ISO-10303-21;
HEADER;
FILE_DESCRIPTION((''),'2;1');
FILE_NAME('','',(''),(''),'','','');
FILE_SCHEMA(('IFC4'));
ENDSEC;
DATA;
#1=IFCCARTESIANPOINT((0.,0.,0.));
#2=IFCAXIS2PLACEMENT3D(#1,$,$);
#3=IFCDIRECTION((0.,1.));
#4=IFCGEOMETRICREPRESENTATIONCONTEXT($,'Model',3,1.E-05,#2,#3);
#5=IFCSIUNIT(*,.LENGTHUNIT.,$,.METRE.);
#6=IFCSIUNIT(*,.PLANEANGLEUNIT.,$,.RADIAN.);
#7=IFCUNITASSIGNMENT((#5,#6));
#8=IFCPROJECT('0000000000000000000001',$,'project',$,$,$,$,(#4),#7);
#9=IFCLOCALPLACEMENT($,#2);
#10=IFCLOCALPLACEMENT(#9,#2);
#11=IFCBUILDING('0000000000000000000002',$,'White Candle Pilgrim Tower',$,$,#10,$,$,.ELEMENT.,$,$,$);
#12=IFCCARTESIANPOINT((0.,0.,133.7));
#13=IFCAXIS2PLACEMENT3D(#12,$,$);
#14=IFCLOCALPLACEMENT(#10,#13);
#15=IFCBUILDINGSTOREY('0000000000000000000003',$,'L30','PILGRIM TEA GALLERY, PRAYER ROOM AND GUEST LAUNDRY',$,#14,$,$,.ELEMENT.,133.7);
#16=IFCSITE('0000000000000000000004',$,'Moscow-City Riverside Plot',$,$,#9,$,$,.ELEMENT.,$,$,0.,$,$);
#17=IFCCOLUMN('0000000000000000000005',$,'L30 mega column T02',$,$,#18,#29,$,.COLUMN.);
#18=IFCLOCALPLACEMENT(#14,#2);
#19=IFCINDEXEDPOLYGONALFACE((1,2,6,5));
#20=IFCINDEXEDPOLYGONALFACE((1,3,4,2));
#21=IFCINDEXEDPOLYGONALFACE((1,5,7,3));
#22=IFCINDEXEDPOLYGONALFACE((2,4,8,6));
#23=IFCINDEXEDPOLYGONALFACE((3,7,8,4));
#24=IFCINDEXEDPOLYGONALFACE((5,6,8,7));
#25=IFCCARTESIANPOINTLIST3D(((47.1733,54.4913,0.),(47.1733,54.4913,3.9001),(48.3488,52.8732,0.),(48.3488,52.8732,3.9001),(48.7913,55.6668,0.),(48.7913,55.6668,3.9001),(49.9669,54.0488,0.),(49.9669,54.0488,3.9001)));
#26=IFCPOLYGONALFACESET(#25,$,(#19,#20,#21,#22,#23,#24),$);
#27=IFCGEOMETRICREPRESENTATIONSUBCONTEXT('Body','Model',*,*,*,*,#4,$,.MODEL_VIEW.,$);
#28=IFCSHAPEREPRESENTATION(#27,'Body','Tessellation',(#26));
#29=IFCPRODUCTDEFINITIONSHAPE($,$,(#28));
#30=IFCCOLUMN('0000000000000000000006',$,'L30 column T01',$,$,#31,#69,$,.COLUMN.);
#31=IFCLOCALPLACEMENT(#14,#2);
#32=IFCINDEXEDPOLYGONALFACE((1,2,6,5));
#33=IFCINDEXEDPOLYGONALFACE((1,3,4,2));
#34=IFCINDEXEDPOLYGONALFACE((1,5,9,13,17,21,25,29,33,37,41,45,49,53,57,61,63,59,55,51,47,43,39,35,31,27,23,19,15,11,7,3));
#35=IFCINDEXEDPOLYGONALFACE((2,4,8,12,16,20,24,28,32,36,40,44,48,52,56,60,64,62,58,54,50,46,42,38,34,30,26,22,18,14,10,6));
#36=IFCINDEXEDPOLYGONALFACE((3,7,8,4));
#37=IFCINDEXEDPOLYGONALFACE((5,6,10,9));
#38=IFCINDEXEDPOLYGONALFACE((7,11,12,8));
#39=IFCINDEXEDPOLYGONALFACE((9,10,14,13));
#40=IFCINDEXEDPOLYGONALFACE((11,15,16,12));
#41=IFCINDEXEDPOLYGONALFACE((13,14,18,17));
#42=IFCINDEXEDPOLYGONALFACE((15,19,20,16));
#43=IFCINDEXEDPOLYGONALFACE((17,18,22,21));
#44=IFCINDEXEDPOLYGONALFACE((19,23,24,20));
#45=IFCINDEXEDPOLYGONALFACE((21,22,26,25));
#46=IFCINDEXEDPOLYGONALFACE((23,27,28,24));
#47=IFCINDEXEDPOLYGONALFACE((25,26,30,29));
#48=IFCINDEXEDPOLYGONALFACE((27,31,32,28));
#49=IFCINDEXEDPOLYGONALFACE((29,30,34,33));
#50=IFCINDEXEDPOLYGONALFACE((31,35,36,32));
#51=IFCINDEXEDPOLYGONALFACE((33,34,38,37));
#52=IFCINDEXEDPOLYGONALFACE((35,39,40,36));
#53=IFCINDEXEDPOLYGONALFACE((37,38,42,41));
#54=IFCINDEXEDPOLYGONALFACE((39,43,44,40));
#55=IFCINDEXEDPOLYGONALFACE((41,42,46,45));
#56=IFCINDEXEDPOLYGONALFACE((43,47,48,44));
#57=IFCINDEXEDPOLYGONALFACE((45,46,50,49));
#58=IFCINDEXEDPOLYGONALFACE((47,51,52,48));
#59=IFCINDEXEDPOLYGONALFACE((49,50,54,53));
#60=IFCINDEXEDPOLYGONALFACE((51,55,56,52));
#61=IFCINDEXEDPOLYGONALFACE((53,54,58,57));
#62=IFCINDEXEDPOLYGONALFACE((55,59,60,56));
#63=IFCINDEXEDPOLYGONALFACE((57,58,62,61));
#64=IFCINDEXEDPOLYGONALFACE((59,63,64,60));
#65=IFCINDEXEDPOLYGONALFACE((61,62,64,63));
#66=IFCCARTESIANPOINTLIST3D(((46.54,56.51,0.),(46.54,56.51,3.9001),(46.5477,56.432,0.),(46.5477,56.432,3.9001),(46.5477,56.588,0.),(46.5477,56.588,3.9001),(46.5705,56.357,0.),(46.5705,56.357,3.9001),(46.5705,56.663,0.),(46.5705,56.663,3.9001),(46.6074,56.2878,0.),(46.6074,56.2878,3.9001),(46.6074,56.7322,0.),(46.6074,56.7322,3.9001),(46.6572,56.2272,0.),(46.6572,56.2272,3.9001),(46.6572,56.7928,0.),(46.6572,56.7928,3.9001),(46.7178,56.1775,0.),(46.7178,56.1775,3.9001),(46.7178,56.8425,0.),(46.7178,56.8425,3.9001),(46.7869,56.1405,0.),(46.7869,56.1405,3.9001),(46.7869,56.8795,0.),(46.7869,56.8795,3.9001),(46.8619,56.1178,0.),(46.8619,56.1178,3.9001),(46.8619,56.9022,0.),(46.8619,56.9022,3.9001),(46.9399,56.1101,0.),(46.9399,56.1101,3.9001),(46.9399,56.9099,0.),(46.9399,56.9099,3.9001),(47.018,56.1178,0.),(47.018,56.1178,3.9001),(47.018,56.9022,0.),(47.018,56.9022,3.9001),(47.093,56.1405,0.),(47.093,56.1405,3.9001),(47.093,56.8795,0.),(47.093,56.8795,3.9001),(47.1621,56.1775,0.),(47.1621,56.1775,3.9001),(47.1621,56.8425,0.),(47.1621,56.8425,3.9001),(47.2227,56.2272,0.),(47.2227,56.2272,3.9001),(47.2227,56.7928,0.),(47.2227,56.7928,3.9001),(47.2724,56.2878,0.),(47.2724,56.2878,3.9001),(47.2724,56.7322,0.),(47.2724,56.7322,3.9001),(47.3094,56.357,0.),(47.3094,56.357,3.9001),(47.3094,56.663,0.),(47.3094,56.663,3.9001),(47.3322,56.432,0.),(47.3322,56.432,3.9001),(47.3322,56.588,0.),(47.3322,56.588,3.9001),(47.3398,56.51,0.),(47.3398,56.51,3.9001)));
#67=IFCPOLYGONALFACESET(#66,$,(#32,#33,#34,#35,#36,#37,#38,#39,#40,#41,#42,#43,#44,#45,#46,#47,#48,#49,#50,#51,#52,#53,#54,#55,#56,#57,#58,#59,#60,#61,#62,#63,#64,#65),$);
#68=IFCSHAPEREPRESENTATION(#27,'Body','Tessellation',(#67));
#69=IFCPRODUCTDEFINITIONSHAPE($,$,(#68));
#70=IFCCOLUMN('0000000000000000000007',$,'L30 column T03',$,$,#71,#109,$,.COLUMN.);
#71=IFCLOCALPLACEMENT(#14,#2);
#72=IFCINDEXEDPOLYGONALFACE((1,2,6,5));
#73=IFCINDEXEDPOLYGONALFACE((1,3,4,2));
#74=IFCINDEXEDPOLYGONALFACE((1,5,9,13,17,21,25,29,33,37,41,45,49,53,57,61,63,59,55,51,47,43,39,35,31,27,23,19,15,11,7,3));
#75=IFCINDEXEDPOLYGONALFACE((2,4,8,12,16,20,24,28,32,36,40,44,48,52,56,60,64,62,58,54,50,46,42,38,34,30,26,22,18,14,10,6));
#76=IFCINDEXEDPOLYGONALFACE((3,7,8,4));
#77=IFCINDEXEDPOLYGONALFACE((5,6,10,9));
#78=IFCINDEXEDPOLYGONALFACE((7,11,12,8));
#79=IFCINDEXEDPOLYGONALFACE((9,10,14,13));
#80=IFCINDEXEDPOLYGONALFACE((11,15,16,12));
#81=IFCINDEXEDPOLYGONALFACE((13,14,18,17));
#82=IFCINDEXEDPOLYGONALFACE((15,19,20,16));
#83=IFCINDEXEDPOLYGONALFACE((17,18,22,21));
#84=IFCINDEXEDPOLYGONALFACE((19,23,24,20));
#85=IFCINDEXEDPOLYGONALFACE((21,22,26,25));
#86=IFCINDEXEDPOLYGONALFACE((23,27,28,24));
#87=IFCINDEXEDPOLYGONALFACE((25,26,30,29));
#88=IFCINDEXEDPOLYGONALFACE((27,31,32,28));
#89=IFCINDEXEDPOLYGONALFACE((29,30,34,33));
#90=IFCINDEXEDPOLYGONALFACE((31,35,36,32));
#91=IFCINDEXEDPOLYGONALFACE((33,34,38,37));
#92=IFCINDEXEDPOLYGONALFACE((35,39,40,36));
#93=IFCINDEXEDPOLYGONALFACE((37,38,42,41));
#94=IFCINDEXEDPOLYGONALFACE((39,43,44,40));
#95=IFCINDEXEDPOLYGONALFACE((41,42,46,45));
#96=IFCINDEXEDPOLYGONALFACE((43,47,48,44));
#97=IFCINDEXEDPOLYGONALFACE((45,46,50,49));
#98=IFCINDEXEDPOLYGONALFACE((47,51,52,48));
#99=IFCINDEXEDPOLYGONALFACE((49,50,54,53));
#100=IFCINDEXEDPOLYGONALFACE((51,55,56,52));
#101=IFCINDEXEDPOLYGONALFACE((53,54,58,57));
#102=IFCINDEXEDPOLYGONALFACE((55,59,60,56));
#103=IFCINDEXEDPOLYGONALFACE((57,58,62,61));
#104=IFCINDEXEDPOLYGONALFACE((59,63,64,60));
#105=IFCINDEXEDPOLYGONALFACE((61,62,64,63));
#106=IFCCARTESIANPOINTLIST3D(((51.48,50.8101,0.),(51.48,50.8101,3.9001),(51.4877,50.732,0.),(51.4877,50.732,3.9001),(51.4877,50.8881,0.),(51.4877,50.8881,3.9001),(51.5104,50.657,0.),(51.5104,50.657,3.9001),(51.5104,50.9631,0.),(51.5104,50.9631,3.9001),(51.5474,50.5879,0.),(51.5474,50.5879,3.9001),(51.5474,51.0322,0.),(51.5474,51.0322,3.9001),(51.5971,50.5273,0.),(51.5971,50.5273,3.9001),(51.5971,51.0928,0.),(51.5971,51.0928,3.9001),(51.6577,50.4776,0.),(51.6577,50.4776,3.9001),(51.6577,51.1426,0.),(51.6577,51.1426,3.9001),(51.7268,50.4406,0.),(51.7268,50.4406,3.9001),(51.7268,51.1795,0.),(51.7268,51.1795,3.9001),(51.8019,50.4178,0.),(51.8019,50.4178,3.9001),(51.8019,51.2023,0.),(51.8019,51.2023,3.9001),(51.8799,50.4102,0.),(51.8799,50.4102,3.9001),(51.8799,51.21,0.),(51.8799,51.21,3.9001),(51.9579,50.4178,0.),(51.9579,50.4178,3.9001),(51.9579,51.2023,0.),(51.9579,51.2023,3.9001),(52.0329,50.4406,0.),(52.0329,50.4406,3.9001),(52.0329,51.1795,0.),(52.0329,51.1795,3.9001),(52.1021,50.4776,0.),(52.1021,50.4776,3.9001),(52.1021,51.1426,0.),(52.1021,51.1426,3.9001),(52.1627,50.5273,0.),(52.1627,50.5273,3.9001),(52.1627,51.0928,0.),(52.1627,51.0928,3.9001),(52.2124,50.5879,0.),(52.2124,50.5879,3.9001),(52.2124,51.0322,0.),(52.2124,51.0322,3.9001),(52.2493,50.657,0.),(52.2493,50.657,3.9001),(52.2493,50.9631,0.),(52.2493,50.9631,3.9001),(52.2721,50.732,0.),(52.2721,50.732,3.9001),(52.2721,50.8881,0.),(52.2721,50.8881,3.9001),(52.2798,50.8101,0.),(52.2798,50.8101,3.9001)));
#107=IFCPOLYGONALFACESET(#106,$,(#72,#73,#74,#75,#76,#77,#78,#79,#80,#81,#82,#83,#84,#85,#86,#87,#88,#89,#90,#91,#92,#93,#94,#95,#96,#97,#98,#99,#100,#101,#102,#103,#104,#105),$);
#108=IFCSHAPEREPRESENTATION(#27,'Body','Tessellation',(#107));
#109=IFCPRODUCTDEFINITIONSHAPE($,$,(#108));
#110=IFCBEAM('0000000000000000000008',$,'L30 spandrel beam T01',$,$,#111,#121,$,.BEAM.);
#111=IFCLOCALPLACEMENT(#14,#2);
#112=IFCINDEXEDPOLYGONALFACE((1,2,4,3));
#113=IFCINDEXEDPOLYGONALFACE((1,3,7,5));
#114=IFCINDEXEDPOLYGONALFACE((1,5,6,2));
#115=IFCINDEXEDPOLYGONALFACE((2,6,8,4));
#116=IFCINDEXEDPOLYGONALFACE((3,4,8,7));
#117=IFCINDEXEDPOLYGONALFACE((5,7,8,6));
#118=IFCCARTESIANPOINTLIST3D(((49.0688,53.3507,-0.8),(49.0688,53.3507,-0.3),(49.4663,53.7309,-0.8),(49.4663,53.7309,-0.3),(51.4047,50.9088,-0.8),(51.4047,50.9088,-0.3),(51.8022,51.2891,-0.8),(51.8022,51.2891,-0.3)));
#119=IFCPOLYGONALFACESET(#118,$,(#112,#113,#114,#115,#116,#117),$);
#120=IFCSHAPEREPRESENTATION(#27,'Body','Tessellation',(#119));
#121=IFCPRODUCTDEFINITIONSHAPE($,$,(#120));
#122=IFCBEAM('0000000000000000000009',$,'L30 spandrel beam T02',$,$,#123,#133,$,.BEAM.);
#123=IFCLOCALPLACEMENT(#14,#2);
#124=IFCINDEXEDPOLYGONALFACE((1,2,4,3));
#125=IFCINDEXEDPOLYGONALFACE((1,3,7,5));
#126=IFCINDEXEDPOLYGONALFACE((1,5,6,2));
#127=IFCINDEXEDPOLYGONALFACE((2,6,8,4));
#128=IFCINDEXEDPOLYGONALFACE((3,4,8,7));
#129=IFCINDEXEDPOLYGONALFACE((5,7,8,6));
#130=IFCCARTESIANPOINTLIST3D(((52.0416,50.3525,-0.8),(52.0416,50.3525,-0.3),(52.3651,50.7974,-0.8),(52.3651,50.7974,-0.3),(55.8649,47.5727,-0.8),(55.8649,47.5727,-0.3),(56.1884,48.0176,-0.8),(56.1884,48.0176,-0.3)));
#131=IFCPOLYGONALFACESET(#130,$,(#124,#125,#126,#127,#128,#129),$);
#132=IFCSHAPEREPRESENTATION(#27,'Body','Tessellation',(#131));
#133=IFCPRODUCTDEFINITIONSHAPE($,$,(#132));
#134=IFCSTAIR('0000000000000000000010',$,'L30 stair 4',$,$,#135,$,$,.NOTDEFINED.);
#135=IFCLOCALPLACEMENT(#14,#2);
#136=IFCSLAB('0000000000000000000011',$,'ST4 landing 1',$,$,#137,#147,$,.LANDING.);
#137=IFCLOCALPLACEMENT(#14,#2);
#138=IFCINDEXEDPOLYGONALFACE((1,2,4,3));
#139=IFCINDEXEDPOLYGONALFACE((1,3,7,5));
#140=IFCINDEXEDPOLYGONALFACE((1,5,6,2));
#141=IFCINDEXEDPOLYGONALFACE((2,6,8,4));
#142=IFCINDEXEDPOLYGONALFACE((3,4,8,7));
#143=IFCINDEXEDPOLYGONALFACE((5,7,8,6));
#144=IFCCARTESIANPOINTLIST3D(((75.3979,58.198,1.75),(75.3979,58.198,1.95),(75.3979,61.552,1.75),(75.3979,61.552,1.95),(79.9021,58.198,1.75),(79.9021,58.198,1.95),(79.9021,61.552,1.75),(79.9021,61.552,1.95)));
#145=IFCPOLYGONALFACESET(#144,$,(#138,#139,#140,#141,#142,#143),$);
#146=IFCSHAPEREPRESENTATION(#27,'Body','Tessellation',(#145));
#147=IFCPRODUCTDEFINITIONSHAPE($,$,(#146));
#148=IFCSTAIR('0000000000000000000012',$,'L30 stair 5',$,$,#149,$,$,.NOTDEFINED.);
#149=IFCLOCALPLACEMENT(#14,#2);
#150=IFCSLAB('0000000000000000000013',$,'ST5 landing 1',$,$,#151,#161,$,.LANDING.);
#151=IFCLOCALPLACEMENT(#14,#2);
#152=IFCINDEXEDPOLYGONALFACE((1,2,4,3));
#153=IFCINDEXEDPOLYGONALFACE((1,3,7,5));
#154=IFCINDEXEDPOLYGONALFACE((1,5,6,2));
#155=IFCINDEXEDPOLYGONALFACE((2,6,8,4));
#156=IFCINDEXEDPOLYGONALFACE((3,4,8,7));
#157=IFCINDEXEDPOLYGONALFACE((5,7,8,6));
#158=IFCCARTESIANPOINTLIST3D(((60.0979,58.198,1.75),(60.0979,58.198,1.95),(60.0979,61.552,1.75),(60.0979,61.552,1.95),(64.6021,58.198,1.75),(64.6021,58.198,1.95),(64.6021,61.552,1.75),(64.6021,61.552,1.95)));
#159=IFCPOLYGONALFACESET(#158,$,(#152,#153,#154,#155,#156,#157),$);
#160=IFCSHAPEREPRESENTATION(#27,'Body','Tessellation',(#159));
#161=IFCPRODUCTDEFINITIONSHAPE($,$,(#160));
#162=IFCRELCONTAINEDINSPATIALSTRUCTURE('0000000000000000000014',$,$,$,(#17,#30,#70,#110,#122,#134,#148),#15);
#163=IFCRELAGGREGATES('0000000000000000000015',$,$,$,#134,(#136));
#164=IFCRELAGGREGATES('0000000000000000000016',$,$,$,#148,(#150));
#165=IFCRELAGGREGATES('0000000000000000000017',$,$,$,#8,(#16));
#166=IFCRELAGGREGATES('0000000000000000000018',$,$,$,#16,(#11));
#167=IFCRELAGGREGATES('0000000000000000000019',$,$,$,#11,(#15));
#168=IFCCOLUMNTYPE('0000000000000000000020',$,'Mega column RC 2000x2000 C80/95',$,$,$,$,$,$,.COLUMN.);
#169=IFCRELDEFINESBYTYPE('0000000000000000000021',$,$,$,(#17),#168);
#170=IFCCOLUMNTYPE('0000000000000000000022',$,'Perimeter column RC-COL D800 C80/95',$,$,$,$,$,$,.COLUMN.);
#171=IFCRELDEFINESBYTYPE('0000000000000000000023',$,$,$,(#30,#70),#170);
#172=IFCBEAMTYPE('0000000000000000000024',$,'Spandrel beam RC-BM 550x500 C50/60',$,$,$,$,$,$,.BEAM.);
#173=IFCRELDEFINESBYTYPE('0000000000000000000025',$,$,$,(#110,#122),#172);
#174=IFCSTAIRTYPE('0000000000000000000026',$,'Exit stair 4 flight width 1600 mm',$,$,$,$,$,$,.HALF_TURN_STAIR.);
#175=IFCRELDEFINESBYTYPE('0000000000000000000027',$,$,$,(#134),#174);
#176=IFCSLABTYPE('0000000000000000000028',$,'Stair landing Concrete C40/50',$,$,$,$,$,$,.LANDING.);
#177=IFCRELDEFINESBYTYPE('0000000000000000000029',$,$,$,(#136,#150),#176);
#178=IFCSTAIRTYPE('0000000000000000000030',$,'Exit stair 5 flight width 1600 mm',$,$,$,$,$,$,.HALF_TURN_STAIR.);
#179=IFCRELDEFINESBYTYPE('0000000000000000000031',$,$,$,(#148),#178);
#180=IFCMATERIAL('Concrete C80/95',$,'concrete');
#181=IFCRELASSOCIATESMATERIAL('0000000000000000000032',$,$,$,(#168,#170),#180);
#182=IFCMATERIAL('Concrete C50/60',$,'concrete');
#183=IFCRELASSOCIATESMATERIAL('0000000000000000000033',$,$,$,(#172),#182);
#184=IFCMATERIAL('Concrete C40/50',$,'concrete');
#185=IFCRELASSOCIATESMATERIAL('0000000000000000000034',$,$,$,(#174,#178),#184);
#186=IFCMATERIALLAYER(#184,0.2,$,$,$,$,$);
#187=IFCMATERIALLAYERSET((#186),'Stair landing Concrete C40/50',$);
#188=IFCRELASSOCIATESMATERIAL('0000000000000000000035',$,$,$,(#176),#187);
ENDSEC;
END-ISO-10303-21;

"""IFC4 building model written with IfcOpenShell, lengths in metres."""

from ifc_helpers import new_model, si_unit, direction, frame, origin, origin_2d, place, context, subcontext, project, spatial, polyline, rectangle, circle, outline, extrude, material, layer, layer_set, material_profile, profile_set, type_object, element, aggregate, save


model = new_model("IFC4")

# Units and contexts
model_context = context("Model", 3, precision=1e-05, world=origin(), true_north=direction((0.0, 1.0)))
body_context = subcontext(model_context, "Body", "Model", "MODEL_VIEW")
ifc_project = project(units=[si_unit("LENGTHUNIT", "METRE"), si_unit("PLANEANGLEUNIT", "RADIAN")], contexts=[model_context])

# Site, building, storey
site_placement = place(None, origin())
site = spatial("IfcSite", under=ifc_project, at=site_placement, Name="Moscow-City Riverside Plot", CompositionType="ELEMENT", RefElevation=0.0)
building_placement = place(site_placement, origin())
building = spatial("IfcBuilding", under=site, at=building_placement, Name="White Candle Pilgrim Tower", CompositionType="ELEMENT")
storey_placement = place(building_placement, frame((0.0, 0.0, 133.7)))
storey = spatial("IfcBuildingStorey", under=building, at=storey_placement, Name="L30", Description="PILGRIM TEA GALLERY, PRAYER ROOM AND GUEST LAUNDRY", CompositionType="ELEMENT", Elevation=133.7)

# Columns
ifc_material_1 = material(Name="Concrete C80/95", Category="concrete")
ifc_material_profile_1 = material_profile(ifc_material_1, rectangle(XDim=2.0, YDim=2.0, at=origin_2d()), Name="RC 2000x2000")
ifc_profile_set_1 = profile_set([ifc_material_profile_1], Name="Concrete C80/95")
column_type_1 = type_object("IfcColumnType", Name="Mega column RC 2000x2000 C80/95", PredefinedType="COLUMN", material=ifc_profile_set_1)
column_placement = place(storey_placement, frame((48.5701, 54.27, 0.0), z_axis=(0.0, 0.0, 1.0), x_axis=(-0.809017, -0.587785, 0.0)))
element("IfcColumn", 1, at=column_placement, inside=storey, type_object=column_type_1, Name="L30 mega column T02", PredefinedType="COLUMN", context=body_context, shape_type="SweptSolid", body=[
    extrude(rectangle(XDim=2.0, YDim=2.0, at=origin_2d()), origin(), (0.0, 0.0, 1.0), 3.9001),
])
ifc_material_profile_2 = material_profile(ifc_material_1, circle(Radius=0.3999, at=origin_2d()), Name="RC-COL D800")
ifc_profile_set_2 = profile_set([ifc_material_profile_2], Name="Concrete C80/95")
column_type_2 = type_object("IfcColumnType", Name="Perimeter column RC-COL D800 C80/95", PredefinedType="COLUMN", material=ifc_profile_set_2)
for number, where, z_axis, x_axis, name in (
    (2, (46.9399, 56.51, 0.0), (0.0, 0.0, 1.0), (1.0, 0.0, 0.0), "L30 column T01"),
    (3, (51.8799, 50.8101, 0.0), (0.0, 0.0, 1.0), (1.0, 0.0, 0.0), "L30 column T03"),
):
    element("IfcColumn", number, at=place(storey_placement, frame(where, z_axis=z_axis, x_axis=x_axis)), inside=storey, type_object=column_type_2, Name=name, PredefinedType="COLUMN", context=body_context, shape_type="SweptSolid", body=[
        extrude(circle(Radius=0.3999, at=origin_2d()), origin(), (0.0, 0.0, 1.0), 3.9001),
    ])

# Beams
ifc_material_2 = material(Name="Concrete C50/60", Category="concrete")
ifc_material_profile_3 = material_profile(ifc_material_2, rectangle(XDim=0.55, YDim=0.5, at=origin_2d()), Name="RC-BM 550x500")
ifc_profile_set_3 = profile_set([ifc_material_profile_3], Name="Concrete C50/60")
beam_type = type_object("IfcBeamType", Name="Spandrel beam RC-BM 550x500 C50/60", PredefinedType="BEAM", material=ifc_profile_set_3)
beam_1_placement = place(storey_placement, frame((49.2676, 53.5408, -0.55), z_axis=(0.691255, -0.72261, 0.0), x_axis=(0.72261, 0.691255, 0.0)))
element("IfcBeam", 4, at=beam_1_placement, inside=storey, type_object=beam_type, Name="L30 spandrel beam T01", PredefinedType="BEAM", context=body_context, shape_type="SweptSolid", body=[
    extrude(rectangle(XDim=0.55, YDim=0.5, at=origin_2d()), origin(), (0.0, 0.0, 1.0), 3.3792),
])
beam_2_placement = place(storey_placement, frame((52.2034, 50.575, -0.55), z_axis=(0.808812, -0.588067, 0.0), x_axis=(0.588067, 0.808812, 0.0)))
element("IfcBeam", 5, at=beam_2_placement, inside=storey, type_object=beam_type, Name="L30 spandrel beam T02", PredefinedType="BEAM", context=body_context, shape_type="SweptSolid", body=[
    extrude(rectangle(XDim=0.55, YDim=0.5, at=origin_2d()), origin(), (0.0, 0.0, 1.0), 4.7271),
])

# Stairs, slabs
ifc_material_3 = material(Name="Concrete C40/50", Category="concrete")
stair_type_1 = type_object("IfcStairType", Name="Exit stair 4 flight width 1600 mm", PredefinedType="HALF_TURN_STAIR", material=ifc_material_3)
stair_1_placement = place(storey_placement, origin())
stair_1 = element("IfcStair", 6, at=stair_1_placement, inside=storey, type_object=stair_type_1, Name="L30 stair 4", PredefinedType="NOTDEFINED")
ifc_layer_1 = layer(ifc_material_3, 0.2)
ifc_layer_set_1 = layer_set([ifc_layer_1], Name="Stair landing Concrete C40/50")
slab_type = type_object("IfcSlabType", Name="Stair landing Concrete C40/50", PredefinedType="LANDING", material=ifc_layer_set_1)
slab_1_placement = place(storey_placement, frame((0.0, 0.0, 1.75)))
slab_1 = element("IfcSlab", 7, at=slab_1_placement, type_object=slab_type, Name="ST4 landing 1", PredefinedType="LANDING", context=body_context, shape_type="SweptSolid", body=[
    extrude(outline(polyline([(79.9021, 61.552), (79.9021, 58.198), (75.3979, 58.198), (75.3979, 61.552), (79.9021, 61.552)])), origin(), (0.0, 0.0, 1.0), 0.2),
])
aggregate(stair_1, [slab_1])
stair_type_2 = type_object("IfcStairType", Name="Exit stair 5 flight width 1600 mm", PredefinedType="HALF_TURN_STAIR", material=ifc_material_3)
stair_2_placement = place(storey_placement, origin())
stair_2 = element("IfcStair", 8, at=stair_2_placement, inside=storey, type_object=stair_type_2, Name="L30 stair 5", PredefinedType="NOTDEFINED")
slab_2_placement = place(storey_placement, frame((0.0, 0.0, 1.75)))
slab_2 = element("IfcSlab", 9, at=slab_2_placement, type_object=slab_type, Name="ST5 landing 1", PredefinedType="LANDING", context=body_context, shape_type="SweptSolid", body=[
    extrude(outline(polyline([(60.0979, 58.198), (60.0979, 61.552), (64.6021, 61.552), (64.6021, 58.198), (60.0979, 58.198)])), origin(), (0.0, 0.0, 1.0), 0.2),
])
aggregate(stair_2, [slab_2])

save(model, "model.ifc")
